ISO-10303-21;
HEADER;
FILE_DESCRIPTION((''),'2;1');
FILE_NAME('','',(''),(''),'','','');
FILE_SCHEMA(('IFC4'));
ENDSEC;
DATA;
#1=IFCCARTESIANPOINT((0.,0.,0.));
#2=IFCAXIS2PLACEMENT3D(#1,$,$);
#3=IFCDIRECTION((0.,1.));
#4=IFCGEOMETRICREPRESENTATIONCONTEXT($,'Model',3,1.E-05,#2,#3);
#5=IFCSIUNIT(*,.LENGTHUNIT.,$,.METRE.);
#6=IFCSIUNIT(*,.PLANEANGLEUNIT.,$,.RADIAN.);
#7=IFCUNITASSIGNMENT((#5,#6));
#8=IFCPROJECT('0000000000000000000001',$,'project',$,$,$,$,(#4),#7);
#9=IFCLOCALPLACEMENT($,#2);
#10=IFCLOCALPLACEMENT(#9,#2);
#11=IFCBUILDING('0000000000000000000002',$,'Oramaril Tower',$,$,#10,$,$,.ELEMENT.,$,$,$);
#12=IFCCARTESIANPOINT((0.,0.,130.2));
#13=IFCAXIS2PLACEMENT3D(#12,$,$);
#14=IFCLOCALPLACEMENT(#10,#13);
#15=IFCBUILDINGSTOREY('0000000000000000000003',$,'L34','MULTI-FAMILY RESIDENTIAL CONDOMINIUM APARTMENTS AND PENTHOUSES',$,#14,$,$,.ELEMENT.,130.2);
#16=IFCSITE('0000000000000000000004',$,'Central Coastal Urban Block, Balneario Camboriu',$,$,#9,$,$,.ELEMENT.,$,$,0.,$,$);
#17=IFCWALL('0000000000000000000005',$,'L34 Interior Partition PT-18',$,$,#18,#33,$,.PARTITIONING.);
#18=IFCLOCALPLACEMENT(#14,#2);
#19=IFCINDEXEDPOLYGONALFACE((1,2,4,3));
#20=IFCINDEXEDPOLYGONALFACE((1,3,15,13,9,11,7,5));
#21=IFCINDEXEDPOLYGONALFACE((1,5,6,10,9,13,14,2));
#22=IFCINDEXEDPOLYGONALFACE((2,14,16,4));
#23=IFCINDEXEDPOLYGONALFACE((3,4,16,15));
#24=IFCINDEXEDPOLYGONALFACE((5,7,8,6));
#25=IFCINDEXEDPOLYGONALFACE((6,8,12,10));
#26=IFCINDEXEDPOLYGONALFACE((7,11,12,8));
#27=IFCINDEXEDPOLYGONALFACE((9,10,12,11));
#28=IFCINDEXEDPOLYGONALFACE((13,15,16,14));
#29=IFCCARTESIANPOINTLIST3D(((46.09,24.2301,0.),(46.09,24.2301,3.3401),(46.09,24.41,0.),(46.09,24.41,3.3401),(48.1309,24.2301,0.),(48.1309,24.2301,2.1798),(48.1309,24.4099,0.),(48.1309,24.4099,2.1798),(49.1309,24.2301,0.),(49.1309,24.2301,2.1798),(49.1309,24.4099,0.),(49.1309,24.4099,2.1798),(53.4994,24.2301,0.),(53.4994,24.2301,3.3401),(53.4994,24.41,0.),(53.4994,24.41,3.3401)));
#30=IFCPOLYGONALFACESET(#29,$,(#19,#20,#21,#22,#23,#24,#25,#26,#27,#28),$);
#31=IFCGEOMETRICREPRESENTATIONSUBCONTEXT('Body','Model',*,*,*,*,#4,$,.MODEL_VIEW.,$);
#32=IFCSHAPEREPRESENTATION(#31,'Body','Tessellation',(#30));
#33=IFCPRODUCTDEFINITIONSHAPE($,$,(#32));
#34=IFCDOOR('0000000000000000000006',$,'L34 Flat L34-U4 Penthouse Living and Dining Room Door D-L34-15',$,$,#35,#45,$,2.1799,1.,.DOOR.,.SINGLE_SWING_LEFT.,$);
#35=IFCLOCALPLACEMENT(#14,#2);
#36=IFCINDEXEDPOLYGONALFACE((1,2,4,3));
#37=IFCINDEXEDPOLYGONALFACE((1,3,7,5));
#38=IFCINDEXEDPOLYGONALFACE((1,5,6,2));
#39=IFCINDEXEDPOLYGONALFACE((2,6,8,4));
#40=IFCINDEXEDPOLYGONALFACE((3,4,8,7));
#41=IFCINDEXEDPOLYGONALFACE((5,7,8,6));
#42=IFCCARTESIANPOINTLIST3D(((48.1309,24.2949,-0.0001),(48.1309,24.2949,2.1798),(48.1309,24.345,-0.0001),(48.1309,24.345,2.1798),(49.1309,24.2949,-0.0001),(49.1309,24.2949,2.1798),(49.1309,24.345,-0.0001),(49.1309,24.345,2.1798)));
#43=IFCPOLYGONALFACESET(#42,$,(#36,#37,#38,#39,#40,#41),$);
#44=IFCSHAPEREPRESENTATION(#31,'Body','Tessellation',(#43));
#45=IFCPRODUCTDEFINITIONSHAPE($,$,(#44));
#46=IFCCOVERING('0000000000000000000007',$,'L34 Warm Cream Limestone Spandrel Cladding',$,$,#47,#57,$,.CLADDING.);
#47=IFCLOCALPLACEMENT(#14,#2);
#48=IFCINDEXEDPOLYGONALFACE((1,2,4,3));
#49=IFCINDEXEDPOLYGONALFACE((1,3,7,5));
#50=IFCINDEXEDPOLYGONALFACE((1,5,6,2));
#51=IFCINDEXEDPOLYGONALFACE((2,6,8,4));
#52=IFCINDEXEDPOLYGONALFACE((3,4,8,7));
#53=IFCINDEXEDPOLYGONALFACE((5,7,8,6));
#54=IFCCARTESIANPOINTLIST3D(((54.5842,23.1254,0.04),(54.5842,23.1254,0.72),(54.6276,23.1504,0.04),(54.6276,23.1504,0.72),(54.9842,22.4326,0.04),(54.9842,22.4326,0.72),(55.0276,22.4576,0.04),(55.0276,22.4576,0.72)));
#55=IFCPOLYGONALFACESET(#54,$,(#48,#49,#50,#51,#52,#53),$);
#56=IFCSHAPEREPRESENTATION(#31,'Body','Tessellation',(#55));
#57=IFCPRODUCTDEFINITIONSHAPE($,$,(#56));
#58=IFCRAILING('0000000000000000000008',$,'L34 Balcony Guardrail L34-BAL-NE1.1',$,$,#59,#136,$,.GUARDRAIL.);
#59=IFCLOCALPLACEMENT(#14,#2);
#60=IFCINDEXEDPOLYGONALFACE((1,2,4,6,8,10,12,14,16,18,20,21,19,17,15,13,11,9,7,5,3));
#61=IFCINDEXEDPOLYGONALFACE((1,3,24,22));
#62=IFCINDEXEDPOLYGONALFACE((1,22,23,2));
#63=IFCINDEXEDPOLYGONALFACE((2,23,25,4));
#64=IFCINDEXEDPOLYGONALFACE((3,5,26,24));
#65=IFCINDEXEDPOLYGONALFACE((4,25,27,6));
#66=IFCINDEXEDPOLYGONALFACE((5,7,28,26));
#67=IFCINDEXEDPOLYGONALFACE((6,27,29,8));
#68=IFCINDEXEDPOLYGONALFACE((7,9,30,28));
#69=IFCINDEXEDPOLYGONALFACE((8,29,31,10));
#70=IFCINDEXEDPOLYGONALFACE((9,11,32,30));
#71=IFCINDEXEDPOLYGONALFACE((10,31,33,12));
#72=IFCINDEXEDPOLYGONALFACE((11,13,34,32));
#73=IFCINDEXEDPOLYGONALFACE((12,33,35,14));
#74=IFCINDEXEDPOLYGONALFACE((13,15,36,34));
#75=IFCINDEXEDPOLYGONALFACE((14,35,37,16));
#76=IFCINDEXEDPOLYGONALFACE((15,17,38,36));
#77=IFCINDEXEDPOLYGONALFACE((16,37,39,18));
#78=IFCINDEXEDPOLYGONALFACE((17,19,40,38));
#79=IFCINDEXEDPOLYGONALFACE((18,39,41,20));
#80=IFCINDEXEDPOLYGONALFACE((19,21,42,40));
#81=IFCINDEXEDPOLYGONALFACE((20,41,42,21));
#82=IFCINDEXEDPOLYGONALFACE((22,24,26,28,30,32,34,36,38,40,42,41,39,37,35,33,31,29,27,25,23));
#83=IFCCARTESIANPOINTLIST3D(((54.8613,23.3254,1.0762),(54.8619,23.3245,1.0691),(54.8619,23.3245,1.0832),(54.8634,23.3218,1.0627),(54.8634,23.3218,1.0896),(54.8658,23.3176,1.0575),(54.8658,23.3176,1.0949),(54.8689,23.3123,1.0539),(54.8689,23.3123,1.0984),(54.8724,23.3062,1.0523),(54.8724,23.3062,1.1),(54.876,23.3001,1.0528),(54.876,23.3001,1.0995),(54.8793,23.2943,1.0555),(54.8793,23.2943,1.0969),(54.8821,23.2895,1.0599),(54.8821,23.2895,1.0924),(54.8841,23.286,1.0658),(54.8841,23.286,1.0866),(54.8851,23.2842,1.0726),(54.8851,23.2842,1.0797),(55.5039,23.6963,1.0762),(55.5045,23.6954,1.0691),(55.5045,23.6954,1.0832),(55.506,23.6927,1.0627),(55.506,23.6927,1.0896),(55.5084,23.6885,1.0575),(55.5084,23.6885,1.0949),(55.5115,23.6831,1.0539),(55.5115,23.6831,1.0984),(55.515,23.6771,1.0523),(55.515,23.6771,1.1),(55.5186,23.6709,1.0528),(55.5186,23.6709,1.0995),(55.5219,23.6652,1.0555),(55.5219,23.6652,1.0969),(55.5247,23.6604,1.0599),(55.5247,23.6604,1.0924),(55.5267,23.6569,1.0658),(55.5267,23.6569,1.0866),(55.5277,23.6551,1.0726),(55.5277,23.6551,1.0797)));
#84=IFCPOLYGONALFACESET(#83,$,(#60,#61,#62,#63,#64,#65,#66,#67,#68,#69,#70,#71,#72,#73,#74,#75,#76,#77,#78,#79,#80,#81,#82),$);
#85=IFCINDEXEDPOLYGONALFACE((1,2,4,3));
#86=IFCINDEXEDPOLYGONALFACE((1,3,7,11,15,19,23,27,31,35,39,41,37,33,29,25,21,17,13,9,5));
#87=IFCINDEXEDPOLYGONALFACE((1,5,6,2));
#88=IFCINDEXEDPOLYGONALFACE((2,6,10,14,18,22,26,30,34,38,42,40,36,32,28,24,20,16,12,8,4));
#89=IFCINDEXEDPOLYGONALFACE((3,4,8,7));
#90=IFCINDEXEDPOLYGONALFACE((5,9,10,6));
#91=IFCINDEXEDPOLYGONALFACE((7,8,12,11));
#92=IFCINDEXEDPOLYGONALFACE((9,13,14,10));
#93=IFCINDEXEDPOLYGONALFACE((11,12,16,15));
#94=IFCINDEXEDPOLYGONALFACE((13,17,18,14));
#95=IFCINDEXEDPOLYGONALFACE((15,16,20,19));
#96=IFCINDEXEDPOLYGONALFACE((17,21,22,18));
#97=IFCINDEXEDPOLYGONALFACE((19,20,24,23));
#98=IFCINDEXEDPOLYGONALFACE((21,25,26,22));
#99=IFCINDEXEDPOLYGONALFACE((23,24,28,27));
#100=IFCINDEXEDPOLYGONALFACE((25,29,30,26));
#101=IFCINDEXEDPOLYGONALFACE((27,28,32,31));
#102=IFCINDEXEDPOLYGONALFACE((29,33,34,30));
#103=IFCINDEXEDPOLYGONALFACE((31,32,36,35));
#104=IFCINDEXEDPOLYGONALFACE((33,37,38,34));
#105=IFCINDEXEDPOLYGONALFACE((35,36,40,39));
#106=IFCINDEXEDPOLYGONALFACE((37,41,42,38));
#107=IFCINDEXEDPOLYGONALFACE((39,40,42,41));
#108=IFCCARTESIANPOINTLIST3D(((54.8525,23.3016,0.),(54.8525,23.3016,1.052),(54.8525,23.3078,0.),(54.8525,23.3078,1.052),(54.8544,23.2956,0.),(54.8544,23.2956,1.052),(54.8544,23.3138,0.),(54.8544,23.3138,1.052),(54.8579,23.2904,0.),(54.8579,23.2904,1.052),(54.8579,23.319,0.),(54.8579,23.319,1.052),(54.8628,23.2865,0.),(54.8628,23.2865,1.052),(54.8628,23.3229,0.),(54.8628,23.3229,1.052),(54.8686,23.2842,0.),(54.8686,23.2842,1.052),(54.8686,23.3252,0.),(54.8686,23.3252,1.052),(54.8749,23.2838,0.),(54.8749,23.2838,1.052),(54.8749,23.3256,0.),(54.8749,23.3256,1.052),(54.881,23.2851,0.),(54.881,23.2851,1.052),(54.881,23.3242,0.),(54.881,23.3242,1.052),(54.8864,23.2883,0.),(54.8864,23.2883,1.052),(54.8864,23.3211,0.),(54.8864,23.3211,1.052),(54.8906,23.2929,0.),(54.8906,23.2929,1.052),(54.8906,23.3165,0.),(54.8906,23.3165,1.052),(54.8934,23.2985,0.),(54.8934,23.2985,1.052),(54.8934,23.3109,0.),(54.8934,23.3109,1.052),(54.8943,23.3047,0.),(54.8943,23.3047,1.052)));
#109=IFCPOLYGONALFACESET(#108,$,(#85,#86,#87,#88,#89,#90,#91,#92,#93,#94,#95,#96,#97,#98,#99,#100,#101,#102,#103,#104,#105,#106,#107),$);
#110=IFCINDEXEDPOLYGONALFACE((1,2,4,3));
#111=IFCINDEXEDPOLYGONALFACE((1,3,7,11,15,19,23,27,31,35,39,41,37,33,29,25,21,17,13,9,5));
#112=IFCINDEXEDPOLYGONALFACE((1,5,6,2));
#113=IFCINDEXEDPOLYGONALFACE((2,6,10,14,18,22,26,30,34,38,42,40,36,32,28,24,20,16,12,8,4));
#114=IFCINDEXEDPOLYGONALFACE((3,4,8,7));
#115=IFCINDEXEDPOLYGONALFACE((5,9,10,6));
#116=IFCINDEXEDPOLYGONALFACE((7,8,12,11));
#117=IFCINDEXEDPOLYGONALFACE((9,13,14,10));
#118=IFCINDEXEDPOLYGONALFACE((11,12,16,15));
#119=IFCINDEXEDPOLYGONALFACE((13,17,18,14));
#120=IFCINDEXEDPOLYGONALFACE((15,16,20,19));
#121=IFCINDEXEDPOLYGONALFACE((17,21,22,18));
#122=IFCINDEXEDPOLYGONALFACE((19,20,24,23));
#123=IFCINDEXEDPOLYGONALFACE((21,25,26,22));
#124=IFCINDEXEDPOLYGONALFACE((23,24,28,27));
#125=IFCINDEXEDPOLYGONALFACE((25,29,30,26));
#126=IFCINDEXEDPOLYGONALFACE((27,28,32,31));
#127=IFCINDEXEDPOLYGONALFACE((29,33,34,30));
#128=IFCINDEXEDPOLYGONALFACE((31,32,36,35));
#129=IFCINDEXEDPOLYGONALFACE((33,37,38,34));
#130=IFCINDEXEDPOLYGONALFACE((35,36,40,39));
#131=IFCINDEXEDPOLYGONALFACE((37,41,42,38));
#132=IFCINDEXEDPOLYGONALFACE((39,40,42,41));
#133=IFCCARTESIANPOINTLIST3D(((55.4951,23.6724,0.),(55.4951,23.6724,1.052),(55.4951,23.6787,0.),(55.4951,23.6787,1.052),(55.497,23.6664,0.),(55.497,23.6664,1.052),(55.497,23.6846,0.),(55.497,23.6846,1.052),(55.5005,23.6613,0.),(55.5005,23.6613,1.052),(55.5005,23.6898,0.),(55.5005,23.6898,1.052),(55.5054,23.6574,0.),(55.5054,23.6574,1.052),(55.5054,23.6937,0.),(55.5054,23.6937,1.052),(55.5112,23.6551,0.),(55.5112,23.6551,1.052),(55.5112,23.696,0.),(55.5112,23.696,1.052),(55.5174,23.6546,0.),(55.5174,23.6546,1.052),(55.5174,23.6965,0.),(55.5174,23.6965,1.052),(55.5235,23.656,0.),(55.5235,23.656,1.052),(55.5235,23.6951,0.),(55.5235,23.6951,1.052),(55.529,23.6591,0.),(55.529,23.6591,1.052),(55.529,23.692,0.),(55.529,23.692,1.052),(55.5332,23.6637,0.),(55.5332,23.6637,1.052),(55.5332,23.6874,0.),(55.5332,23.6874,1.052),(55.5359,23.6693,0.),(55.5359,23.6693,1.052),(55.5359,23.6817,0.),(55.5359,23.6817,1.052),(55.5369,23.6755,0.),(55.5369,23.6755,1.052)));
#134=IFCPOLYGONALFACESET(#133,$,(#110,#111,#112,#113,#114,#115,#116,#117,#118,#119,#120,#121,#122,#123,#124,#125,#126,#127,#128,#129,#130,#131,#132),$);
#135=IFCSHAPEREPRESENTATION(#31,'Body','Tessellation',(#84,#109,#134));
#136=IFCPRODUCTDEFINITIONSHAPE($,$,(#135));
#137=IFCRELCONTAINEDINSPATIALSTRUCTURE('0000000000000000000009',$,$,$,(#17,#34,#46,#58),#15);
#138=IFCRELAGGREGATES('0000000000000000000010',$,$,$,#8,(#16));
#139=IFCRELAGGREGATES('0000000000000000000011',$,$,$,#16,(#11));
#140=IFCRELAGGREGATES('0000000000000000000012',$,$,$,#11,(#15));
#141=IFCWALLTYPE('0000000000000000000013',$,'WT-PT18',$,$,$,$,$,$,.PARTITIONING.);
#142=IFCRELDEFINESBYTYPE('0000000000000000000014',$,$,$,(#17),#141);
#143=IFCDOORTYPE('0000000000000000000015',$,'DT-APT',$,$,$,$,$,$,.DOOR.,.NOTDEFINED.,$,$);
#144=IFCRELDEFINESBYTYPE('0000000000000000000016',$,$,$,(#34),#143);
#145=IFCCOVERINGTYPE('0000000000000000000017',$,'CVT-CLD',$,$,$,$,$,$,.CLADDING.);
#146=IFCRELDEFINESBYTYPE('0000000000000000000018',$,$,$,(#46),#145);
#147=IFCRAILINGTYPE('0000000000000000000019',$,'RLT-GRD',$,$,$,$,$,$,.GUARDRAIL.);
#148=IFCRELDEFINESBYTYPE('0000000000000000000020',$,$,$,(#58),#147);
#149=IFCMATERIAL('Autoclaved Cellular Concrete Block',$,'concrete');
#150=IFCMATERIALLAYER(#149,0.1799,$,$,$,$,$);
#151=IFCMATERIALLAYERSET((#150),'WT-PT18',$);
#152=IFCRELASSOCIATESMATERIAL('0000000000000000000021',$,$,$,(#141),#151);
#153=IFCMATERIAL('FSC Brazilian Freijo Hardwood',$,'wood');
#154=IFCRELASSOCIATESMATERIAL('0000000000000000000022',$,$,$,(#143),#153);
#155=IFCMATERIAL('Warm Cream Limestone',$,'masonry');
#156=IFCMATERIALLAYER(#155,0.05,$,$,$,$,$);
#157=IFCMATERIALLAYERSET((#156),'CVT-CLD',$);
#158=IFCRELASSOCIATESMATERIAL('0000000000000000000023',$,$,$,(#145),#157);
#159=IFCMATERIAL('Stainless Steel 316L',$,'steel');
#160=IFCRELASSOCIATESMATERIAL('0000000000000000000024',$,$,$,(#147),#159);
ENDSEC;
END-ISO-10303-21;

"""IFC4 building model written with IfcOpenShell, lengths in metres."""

from ifc_helpers import new_model, si_unit, direction, frame, frame_2d, origin, origin_2d, place, context, subcontext, project, spatial, rectangle, circle, extrude, material, layer, layer_set, type_object, element, fill, save


model = new_model("IFC4")

# Units and contexts
model_context = context("Model", 3, precision=1e-05, world=origin(), true_north=direction((0.0, 1.0)))
body_context = subcontext(model_context, "Body", "Model", "MODEL_VIEW")
ifc_project = project(units=[si_unit("LENGTHUNIT", "METRE"), si_unit("PLANEANGLEUNIT", "RADIAN")], contexts=[model_context])

# Site, building, storey
site_placement = place(None, origin())
site = spatial("IfcSite", under=ifc_project, at=site_placement, Name="Central Coastal Urban Block, Balneario Camboriu", CompositionType="ELEMENT", RefElevation=0.0)
building_placement = place(site_placement, origin())
building = spatial("IfcBuilding", under=site, at=building_placement, Name="Oramaril Tower", CompositionType="ELEMENT")
storey_placement = place(building_placement, frame((0.0, 0.0, 130.2)))
storey = spatial("IfcBuildingStorey", under=building, at=storey_placement, Name="L34", Description="MULTI-FAMILY RESIDENTIAL CONDOMINIUM APARTMENTS AND PENTHOUSES", CompositionType="ELEMENT", Elevation=130.2)

# Wall, opening, door
ifc_material_1 = material(Name="Autoclaved Cellular Concrete Block", Category="concrete")
ifc_layer_1 = layer(ifc_material_1, 0.1799)
ifc_layer_set_1 = layer_set([ifc_layer_1], Name="WT-PT18")
wall_type_1 = type_object("IfcWallType", Name="WT-PT18", PredefinedType="PARTITIONING", material=ifc_layer_set_1)
wall_1_placement = place(storey_placement, frame((46.0901, 24.3201, 0.0), z_axis=(0.0, 0.0, 1.0), x_axis=(1.0, 0.0, 0.0)))
wall_1 = element("IfcWall", 1, at=wall_1_placement, inside=storey, type_object=wall_type_1, Name="L34 Interior Partition PT-18", PredefinedType="PARTITIONING", context=body_context, shape_type="SweptSolid", body=[
    extrude(rectangle(XDim=7.4094, YDim=0.1799, at=frame_2d((3.7046, 0.0))), origin(), (0.0, 0.0, 1.0), 3.3401),
])
opening_placement = place(wall_1_placement, frame((2.0408, 0.0, 0.0)))
opening = element("IfcOpeningElement", 2, at=opening_placement, cuts=wall_1, PredefinedType="OPENING", context=body_context, shape_type="SweptSolid", body=[
    extrude(rectangle(XDim=1.0, YDim=2.1799, at=frame_2d((0.5, 1.0898))), frame((0.0, 0.0898, 0.0), z_axis=(0.0, -1.0, 0.0), x_axis=(1.0, 0.0, 0.0)), (0.0, 0.0, 1.0), 0.1799),
])
ifc_material_2 = material(Name="FSC Brazilian Freijo Hardwood", Category="wood")
door_type = type_object("IfcDoorType", Name="DT-APT", OperationType="NOTDEFINED", PredefinedType="DOOR", material=ifc_material_2)
door_placement = place(opening_placement, origin())
door = element("IfcDoor", 3, at=door_placement, inside=storey, type_object=door_type, Name="L34 Flat L34-U4 Penthouse Living and Dining Room Door D-L34-15", OperationType="SINGLE_SWING_LEFT", OverallHeight=2.1799, OverallWidth=1.0, PredefinedType="DOOR", context=body_context, shape_type="SweptSolid", body=[
    extrude(rectangle(XDim=1.0, YDim=2.1799, at=frame_2d((0.5, 1.0898))), frame((0.0, 0.0249, 0.0), z_axis=(0.0, -1.0, 0.0), x_axis=(1.0, 0.0, 0.0)), (0.0, 0.0, 1.0), 0.05),
])
fill(opening, door)

# Covering
ifc_material_3 = material(Name="Warm Cream Limestone", Category="masonry")
ifc_layer_2 = layer(ifc_material_3, 0.05)
ifc_layer_set_2 = layer_set([ifc_layer_2], Name="CVT-CLD")
covering_type = type_object("IfcCoveringType", Name="CVT-CLD", PredefinedType="CLADDING", material=ifc_layer_set_2)
covering_placement = place(storey_placement, frame((54.8059, 22.7915, 0.04), z_axis=(0.0, 0.0, 1.0), x_axis=(-0.499998, 0.866026, 0.0)))
element("IfcCovering", 4, at=covering_placement, inside=storey, type_object=covering_type, Name="L34 Warm Cream Limestone Spandrel Cladding", PredefinedType="CLADDING", context=body_context, shape_type="SweptSolid", body=[
    extrude(rectangle(XDim=0.8, YDim=0.05, at=origin_2d()), origin(), (0.0, 0.0, 1.0), 0.6799),
])

# Railing
ifc_material_4 = material(Name="Stainless Steel 316L", Category="steel")
railing_type = type_object("IfcRailingType", Name="RLT-GRD", PredefinedType="GUARDRAIL", material=ifc_material_4)
railing_1_placement = place(storey_placement, frame((54.8733, 23.3047, 0.0)))
element("IfcRailing", 5, at=railing_1_placement, inside=storey, type_object=railing_type, Name="L34 Balcony Guardrail L34-BAL-NE1.1", PredefinedType="GUARDRAIL", context=body_context, shape_type="SweptSolid", body=[
    extrude(circle(Radius=0.0239, at=origin_2d()), frame((0.0, 0.0, 1.0762), z_axis=(0.866109, 0.499855, 0.0), x_axis=(-0.499855, 0.866109, 0.0)), (0.0, 0.0, 1.0), 0.7419),
    extrude(circle(Radius=0.021, at=origin_2d()), origin(), (0.0, 0.0, 1.0), 1.052),
    extrude(circle(Radius=0.021, at=origin_2d()), frame((0.6426, 0.3708, 0.0)), (0.0, 0.0, 1.0), 1.052),
])

save(model, "model.ifc")
